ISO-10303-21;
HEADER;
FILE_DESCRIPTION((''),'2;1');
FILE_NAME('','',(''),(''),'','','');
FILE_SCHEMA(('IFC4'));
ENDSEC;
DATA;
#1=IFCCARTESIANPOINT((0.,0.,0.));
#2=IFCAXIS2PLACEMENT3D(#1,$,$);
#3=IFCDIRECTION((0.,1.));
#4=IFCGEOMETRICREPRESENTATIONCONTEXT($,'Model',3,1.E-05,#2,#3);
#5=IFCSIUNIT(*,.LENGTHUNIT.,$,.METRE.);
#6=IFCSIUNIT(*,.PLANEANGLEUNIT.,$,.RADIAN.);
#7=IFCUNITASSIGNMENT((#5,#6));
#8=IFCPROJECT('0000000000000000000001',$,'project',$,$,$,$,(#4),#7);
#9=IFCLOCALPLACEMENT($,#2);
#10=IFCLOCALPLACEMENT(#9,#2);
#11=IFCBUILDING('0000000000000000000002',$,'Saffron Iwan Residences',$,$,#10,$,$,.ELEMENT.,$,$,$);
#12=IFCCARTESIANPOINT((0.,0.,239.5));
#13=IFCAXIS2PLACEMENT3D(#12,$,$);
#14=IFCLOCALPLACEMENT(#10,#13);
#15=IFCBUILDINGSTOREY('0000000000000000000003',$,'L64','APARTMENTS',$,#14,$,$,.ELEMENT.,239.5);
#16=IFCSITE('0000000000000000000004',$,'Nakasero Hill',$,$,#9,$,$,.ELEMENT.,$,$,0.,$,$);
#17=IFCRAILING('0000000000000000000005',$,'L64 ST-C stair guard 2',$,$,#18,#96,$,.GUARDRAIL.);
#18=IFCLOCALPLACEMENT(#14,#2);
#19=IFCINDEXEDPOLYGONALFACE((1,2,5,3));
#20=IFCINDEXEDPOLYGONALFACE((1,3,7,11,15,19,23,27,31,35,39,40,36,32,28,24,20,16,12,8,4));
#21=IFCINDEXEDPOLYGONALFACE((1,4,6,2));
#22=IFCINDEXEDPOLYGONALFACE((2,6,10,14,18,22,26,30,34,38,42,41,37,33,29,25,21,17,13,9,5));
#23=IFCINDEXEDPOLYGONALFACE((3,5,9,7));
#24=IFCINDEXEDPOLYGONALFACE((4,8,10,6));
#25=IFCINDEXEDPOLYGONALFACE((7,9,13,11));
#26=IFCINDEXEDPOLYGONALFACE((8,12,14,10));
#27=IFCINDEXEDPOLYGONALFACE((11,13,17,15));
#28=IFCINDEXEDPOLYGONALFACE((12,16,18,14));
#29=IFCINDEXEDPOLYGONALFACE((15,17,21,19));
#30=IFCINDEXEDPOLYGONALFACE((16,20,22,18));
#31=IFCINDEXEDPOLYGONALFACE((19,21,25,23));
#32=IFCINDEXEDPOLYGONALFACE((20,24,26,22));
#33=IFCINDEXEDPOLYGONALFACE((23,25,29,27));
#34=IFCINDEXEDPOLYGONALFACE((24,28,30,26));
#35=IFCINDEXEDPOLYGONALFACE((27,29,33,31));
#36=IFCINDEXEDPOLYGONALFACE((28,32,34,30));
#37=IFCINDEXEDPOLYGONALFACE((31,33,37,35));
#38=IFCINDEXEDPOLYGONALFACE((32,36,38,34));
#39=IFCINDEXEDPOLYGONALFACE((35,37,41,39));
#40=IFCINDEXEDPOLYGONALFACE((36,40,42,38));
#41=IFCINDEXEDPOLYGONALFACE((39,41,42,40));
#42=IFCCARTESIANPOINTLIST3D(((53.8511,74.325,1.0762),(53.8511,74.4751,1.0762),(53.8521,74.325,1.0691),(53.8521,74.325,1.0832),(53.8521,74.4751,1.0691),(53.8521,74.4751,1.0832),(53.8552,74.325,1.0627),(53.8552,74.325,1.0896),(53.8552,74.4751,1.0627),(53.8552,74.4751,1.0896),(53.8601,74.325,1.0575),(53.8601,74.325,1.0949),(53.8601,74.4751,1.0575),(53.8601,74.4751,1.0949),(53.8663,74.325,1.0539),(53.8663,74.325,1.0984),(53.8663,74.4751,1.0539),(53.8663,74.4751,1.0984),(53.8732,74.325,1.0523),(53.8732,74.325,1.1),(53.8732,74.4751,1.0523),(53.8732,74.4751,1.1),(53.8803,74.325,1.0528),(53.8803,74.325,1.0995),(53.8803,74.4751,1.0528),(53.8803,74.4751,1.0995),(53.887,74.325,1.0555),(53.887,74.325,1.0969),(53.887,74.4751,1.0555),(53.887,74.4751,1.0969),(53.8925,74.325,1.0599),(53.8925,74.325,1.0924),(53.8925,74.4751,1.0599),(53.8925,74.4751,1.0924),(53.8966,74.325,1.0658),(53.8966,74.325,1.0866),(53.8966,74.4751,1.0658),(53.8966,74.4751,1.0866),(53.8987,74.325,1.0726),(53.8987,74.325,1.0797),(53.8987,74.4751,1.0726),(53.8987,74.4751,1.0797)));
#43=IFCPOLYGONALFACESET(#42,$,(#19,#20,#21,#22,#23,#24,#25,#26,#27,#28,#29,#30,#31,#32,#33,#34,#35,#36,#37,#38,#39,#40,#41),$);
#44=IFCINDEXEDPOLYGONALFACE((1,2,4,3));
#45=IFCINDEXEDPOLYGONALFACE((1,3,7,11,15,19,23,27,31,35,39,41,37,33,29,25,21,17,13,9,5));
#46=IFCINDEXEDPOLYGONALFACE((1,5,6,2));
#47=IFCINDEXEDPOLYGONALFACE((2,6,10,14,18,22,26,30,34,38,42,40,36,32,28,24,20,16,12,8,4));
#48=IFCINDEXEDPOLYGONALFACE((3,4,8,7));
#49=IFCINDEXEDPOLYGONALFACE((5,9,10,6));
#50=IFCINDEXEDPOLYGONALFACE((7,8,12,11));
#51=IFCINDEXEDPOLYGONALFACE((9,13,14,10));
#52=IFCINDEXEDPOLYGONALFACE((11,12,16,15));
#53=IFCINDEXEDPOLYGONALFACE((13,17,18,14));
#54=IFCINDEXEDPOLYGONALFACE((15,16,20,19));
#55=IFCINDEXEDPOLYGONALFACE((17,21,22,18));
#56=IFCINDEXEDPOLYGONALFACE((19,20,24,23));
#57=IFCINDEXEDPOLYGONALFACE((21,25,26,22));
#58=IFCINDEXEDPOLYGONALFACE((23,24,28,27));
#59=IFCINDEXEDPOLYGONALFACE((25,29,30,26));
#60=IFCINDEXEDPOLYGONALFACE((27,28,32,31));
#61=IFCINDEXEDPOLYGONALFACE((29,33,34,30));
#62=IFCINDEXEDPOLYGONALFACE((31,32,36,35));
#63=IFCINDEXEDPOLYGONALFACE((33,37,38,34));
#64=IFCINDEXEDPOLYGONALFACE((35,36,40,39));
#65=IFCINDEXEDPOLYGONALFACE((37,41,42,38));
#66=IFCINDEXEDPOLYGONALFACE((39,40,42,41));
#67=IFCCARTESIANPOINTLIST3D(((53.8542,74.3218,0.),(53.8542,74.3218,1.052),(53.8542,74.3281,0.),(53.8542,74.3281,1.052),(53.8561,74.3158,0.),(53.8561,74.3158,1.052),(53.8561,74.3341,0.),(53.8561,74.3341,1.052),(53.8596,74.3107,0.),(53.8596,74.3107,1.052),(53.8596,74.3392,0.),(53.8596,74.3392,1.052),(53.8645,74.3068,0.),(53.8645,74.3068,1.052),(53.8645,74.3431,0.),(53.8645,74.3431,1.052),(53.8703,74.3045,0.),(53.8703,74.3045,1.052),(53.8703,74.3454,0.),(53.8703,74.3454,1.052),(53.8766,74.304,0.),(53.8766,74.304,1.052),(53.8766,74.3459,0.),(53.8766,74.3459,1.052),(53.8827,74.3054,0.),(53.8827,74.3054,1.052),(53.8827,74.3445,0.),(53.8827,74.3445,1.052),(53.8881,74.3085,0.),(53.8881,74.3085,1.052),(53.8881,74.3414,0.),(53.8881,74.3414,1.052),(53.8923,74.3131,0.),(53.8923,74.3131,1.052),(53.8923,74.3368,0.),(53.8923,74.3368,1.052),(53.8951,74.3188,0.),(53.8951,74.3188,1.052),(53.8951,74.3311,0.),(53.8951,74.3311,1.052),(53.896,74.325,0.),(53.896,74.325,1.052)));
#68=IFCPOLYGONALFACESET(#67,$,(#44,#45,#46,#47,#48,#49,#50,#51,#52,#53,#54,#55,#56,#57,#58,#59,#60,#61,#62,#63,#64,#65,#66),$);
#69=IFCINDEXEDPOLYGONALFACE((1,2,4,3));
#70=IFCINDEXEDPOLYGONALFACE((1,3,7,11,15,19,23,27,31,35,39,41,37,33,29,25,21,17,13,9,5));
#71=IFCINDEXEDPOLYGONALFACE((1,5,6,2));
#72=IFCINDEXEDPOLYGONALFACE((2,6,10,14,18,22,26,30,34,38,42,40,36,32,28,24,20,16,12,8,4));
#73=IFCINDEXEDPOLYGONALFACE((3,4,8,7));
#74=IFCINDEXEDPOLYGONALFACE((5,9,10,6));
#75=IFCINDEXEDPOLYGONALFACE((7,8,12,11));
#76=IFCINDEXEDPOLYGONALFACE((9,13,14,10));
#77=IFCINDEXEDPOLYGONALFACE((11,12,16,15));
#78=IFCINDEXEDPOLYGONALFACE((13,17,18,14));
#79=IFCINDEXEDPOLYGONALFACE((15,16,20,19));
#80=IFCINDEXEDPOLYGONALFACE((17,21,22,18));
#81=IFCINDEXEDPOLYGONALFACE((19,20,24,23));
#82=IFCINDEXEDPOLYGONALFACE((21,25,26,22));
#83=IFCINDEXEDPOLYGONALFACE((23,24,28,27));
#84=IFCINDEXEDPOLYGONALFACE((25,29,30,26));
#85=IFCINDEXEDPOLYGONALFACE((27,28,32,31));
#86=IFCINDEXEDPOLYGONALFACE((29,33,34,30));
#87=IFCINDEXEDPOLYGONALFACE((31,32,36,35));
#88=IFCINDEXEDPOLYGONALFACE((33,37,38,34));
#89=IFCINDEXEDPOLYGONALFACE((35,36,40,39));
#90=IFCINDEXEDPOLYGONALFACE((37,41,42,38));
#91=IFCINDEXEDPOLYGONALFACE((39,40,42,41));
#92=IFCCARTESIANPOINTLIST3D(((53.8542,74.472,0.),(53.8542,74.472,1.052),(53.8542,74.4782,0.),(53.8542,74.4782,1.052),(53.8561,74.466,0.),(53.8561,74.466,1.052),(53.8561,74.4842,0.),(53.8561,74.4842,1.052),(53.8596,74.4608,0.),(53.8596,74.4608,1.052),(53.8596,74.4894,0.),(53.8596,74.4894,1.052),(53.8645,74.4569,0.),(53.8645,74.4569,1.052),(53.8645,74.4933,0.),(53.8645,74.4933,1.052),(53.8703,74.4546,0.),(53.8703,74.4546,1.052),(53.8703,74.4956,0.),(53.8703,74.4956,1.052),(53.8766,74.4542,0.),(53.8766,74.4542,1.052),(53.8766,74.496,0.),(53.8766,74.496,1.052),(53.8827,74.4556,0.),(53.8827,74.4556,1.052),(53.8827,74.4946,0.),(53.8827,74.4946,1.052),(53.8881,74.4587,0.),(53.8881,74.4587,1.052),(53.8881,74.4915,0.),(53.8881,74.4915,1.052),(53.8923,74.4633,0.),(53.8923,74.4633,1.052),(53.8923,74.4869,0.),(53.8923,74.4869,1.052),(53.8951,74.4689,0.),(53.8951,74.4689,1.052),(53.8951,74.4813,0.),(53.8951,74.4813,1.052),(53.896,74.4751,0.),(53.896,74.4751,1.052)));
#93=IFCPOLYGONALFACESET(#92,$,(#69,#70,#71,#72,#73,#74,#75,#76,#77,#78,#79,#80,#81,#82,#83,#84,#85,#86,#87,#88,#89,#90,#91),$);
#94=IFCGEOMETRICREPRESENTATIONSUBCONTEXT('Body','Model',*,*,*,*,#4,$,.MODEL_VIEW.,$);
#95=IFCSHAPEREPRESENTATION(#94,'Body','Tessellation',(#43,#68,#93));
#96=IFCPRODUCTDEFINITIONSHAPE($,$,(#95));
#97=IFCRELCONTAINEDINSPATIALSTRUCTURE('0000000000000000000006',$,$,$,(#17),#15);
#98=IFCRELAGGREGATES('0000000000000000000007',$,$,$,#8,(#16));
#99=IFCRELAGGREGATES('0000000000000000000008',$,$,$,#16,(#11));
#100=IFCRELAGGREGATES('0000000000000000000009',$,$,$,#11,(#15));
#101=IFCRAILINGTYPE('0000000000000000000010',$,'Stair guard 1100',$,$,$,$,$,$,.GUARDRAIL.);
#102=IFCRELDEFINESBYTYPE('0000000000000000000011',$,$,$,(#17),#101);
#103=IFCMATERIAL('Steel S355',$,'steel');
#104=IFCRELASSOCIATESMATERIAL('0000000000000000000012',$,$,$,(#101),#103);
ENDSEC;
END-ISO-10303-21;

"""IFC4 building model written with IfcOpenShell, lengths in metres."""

from ifc_helpers import new_model, si_unit, direction, frame, origin, origin_2d, place, context, subcontext, project, spatial, circle, extrude, material, type_object, element, save


model = new_model("IFC4")

# Units and contexts
model_context = context("Model", 3, precision=1e-05, world=origin(), true_north=direction((0.0, 1.0)))
body_context = subcontext(model_context, "Body", "Model", "MODEL_VIEW")
ifc_project = project(units=[si_unit("LENGTHUNIT", "METRE"), si_unit("PLANEANGLEUNIT", "RADIAN")], contexts=[model_context])

# Site, building, storey
site_placement = place(None, origin())
site = spatial("IfcSite", under=ifc_project, at=site_placement, Name="Nakasero Hill", CompositionType="ELEMENT", RefElevation=0.0)
building_placement = place(site_placement, origin())
building = spatial("IfcBuilding", under=site, at=building_placement, Name="Saffron Iwan Residences", CompositionType="ELEMENT")
storey_placement = place(building_placement, frame((0.0, 0.0, 239.5)))
storey = spatial("IfcBuildingStorey", under=building, at=storey_placement, Name="L64", Description="APARTMENTS", CompositionType="ELEMENT", Elevation=239.5)

# Railing
ifc_material_1 = material(Name="Steel S355", Category="steel")
railing_type_1 = type_object("IfcRailingType", Name="Stair guard 1100", PredefinedType="GUARDRAIL", material=ifc_material_1)
railing_1_placement = place(storey_placement, frame((53.875, 74.325, 0.0)))
element("IfcRailing", 1, at=railing_1_placement, inside=storey, type_object=railing_type_1, Name="L64 ST-C stair guard 2", PredefinedType="GUARDRAIL", context=body_context, shape_type="SweptSolid", body=[
    extrude(circle(Radius=0.0239, at=origin_2d()), frame((0.0, 0.0, 1.0762), z_axis=(0.0, 1.0, 0.0), x_axis=(-1.0, 0.0, 0.0)), (0.0, 0.0, 1.0), 0.1501),
    extrude(circle(Radius=0.021, at=origin_2d()), origin(), (0.0, 0.0, 1.0), 1.052),
    extrude(circle(Radius=0.021, at=origin_2d()), frame((0.0, 0.1501, 0.0)), (0.0, 0.0, 1.0), 1.052),
])

save(model, "model.ifc")
